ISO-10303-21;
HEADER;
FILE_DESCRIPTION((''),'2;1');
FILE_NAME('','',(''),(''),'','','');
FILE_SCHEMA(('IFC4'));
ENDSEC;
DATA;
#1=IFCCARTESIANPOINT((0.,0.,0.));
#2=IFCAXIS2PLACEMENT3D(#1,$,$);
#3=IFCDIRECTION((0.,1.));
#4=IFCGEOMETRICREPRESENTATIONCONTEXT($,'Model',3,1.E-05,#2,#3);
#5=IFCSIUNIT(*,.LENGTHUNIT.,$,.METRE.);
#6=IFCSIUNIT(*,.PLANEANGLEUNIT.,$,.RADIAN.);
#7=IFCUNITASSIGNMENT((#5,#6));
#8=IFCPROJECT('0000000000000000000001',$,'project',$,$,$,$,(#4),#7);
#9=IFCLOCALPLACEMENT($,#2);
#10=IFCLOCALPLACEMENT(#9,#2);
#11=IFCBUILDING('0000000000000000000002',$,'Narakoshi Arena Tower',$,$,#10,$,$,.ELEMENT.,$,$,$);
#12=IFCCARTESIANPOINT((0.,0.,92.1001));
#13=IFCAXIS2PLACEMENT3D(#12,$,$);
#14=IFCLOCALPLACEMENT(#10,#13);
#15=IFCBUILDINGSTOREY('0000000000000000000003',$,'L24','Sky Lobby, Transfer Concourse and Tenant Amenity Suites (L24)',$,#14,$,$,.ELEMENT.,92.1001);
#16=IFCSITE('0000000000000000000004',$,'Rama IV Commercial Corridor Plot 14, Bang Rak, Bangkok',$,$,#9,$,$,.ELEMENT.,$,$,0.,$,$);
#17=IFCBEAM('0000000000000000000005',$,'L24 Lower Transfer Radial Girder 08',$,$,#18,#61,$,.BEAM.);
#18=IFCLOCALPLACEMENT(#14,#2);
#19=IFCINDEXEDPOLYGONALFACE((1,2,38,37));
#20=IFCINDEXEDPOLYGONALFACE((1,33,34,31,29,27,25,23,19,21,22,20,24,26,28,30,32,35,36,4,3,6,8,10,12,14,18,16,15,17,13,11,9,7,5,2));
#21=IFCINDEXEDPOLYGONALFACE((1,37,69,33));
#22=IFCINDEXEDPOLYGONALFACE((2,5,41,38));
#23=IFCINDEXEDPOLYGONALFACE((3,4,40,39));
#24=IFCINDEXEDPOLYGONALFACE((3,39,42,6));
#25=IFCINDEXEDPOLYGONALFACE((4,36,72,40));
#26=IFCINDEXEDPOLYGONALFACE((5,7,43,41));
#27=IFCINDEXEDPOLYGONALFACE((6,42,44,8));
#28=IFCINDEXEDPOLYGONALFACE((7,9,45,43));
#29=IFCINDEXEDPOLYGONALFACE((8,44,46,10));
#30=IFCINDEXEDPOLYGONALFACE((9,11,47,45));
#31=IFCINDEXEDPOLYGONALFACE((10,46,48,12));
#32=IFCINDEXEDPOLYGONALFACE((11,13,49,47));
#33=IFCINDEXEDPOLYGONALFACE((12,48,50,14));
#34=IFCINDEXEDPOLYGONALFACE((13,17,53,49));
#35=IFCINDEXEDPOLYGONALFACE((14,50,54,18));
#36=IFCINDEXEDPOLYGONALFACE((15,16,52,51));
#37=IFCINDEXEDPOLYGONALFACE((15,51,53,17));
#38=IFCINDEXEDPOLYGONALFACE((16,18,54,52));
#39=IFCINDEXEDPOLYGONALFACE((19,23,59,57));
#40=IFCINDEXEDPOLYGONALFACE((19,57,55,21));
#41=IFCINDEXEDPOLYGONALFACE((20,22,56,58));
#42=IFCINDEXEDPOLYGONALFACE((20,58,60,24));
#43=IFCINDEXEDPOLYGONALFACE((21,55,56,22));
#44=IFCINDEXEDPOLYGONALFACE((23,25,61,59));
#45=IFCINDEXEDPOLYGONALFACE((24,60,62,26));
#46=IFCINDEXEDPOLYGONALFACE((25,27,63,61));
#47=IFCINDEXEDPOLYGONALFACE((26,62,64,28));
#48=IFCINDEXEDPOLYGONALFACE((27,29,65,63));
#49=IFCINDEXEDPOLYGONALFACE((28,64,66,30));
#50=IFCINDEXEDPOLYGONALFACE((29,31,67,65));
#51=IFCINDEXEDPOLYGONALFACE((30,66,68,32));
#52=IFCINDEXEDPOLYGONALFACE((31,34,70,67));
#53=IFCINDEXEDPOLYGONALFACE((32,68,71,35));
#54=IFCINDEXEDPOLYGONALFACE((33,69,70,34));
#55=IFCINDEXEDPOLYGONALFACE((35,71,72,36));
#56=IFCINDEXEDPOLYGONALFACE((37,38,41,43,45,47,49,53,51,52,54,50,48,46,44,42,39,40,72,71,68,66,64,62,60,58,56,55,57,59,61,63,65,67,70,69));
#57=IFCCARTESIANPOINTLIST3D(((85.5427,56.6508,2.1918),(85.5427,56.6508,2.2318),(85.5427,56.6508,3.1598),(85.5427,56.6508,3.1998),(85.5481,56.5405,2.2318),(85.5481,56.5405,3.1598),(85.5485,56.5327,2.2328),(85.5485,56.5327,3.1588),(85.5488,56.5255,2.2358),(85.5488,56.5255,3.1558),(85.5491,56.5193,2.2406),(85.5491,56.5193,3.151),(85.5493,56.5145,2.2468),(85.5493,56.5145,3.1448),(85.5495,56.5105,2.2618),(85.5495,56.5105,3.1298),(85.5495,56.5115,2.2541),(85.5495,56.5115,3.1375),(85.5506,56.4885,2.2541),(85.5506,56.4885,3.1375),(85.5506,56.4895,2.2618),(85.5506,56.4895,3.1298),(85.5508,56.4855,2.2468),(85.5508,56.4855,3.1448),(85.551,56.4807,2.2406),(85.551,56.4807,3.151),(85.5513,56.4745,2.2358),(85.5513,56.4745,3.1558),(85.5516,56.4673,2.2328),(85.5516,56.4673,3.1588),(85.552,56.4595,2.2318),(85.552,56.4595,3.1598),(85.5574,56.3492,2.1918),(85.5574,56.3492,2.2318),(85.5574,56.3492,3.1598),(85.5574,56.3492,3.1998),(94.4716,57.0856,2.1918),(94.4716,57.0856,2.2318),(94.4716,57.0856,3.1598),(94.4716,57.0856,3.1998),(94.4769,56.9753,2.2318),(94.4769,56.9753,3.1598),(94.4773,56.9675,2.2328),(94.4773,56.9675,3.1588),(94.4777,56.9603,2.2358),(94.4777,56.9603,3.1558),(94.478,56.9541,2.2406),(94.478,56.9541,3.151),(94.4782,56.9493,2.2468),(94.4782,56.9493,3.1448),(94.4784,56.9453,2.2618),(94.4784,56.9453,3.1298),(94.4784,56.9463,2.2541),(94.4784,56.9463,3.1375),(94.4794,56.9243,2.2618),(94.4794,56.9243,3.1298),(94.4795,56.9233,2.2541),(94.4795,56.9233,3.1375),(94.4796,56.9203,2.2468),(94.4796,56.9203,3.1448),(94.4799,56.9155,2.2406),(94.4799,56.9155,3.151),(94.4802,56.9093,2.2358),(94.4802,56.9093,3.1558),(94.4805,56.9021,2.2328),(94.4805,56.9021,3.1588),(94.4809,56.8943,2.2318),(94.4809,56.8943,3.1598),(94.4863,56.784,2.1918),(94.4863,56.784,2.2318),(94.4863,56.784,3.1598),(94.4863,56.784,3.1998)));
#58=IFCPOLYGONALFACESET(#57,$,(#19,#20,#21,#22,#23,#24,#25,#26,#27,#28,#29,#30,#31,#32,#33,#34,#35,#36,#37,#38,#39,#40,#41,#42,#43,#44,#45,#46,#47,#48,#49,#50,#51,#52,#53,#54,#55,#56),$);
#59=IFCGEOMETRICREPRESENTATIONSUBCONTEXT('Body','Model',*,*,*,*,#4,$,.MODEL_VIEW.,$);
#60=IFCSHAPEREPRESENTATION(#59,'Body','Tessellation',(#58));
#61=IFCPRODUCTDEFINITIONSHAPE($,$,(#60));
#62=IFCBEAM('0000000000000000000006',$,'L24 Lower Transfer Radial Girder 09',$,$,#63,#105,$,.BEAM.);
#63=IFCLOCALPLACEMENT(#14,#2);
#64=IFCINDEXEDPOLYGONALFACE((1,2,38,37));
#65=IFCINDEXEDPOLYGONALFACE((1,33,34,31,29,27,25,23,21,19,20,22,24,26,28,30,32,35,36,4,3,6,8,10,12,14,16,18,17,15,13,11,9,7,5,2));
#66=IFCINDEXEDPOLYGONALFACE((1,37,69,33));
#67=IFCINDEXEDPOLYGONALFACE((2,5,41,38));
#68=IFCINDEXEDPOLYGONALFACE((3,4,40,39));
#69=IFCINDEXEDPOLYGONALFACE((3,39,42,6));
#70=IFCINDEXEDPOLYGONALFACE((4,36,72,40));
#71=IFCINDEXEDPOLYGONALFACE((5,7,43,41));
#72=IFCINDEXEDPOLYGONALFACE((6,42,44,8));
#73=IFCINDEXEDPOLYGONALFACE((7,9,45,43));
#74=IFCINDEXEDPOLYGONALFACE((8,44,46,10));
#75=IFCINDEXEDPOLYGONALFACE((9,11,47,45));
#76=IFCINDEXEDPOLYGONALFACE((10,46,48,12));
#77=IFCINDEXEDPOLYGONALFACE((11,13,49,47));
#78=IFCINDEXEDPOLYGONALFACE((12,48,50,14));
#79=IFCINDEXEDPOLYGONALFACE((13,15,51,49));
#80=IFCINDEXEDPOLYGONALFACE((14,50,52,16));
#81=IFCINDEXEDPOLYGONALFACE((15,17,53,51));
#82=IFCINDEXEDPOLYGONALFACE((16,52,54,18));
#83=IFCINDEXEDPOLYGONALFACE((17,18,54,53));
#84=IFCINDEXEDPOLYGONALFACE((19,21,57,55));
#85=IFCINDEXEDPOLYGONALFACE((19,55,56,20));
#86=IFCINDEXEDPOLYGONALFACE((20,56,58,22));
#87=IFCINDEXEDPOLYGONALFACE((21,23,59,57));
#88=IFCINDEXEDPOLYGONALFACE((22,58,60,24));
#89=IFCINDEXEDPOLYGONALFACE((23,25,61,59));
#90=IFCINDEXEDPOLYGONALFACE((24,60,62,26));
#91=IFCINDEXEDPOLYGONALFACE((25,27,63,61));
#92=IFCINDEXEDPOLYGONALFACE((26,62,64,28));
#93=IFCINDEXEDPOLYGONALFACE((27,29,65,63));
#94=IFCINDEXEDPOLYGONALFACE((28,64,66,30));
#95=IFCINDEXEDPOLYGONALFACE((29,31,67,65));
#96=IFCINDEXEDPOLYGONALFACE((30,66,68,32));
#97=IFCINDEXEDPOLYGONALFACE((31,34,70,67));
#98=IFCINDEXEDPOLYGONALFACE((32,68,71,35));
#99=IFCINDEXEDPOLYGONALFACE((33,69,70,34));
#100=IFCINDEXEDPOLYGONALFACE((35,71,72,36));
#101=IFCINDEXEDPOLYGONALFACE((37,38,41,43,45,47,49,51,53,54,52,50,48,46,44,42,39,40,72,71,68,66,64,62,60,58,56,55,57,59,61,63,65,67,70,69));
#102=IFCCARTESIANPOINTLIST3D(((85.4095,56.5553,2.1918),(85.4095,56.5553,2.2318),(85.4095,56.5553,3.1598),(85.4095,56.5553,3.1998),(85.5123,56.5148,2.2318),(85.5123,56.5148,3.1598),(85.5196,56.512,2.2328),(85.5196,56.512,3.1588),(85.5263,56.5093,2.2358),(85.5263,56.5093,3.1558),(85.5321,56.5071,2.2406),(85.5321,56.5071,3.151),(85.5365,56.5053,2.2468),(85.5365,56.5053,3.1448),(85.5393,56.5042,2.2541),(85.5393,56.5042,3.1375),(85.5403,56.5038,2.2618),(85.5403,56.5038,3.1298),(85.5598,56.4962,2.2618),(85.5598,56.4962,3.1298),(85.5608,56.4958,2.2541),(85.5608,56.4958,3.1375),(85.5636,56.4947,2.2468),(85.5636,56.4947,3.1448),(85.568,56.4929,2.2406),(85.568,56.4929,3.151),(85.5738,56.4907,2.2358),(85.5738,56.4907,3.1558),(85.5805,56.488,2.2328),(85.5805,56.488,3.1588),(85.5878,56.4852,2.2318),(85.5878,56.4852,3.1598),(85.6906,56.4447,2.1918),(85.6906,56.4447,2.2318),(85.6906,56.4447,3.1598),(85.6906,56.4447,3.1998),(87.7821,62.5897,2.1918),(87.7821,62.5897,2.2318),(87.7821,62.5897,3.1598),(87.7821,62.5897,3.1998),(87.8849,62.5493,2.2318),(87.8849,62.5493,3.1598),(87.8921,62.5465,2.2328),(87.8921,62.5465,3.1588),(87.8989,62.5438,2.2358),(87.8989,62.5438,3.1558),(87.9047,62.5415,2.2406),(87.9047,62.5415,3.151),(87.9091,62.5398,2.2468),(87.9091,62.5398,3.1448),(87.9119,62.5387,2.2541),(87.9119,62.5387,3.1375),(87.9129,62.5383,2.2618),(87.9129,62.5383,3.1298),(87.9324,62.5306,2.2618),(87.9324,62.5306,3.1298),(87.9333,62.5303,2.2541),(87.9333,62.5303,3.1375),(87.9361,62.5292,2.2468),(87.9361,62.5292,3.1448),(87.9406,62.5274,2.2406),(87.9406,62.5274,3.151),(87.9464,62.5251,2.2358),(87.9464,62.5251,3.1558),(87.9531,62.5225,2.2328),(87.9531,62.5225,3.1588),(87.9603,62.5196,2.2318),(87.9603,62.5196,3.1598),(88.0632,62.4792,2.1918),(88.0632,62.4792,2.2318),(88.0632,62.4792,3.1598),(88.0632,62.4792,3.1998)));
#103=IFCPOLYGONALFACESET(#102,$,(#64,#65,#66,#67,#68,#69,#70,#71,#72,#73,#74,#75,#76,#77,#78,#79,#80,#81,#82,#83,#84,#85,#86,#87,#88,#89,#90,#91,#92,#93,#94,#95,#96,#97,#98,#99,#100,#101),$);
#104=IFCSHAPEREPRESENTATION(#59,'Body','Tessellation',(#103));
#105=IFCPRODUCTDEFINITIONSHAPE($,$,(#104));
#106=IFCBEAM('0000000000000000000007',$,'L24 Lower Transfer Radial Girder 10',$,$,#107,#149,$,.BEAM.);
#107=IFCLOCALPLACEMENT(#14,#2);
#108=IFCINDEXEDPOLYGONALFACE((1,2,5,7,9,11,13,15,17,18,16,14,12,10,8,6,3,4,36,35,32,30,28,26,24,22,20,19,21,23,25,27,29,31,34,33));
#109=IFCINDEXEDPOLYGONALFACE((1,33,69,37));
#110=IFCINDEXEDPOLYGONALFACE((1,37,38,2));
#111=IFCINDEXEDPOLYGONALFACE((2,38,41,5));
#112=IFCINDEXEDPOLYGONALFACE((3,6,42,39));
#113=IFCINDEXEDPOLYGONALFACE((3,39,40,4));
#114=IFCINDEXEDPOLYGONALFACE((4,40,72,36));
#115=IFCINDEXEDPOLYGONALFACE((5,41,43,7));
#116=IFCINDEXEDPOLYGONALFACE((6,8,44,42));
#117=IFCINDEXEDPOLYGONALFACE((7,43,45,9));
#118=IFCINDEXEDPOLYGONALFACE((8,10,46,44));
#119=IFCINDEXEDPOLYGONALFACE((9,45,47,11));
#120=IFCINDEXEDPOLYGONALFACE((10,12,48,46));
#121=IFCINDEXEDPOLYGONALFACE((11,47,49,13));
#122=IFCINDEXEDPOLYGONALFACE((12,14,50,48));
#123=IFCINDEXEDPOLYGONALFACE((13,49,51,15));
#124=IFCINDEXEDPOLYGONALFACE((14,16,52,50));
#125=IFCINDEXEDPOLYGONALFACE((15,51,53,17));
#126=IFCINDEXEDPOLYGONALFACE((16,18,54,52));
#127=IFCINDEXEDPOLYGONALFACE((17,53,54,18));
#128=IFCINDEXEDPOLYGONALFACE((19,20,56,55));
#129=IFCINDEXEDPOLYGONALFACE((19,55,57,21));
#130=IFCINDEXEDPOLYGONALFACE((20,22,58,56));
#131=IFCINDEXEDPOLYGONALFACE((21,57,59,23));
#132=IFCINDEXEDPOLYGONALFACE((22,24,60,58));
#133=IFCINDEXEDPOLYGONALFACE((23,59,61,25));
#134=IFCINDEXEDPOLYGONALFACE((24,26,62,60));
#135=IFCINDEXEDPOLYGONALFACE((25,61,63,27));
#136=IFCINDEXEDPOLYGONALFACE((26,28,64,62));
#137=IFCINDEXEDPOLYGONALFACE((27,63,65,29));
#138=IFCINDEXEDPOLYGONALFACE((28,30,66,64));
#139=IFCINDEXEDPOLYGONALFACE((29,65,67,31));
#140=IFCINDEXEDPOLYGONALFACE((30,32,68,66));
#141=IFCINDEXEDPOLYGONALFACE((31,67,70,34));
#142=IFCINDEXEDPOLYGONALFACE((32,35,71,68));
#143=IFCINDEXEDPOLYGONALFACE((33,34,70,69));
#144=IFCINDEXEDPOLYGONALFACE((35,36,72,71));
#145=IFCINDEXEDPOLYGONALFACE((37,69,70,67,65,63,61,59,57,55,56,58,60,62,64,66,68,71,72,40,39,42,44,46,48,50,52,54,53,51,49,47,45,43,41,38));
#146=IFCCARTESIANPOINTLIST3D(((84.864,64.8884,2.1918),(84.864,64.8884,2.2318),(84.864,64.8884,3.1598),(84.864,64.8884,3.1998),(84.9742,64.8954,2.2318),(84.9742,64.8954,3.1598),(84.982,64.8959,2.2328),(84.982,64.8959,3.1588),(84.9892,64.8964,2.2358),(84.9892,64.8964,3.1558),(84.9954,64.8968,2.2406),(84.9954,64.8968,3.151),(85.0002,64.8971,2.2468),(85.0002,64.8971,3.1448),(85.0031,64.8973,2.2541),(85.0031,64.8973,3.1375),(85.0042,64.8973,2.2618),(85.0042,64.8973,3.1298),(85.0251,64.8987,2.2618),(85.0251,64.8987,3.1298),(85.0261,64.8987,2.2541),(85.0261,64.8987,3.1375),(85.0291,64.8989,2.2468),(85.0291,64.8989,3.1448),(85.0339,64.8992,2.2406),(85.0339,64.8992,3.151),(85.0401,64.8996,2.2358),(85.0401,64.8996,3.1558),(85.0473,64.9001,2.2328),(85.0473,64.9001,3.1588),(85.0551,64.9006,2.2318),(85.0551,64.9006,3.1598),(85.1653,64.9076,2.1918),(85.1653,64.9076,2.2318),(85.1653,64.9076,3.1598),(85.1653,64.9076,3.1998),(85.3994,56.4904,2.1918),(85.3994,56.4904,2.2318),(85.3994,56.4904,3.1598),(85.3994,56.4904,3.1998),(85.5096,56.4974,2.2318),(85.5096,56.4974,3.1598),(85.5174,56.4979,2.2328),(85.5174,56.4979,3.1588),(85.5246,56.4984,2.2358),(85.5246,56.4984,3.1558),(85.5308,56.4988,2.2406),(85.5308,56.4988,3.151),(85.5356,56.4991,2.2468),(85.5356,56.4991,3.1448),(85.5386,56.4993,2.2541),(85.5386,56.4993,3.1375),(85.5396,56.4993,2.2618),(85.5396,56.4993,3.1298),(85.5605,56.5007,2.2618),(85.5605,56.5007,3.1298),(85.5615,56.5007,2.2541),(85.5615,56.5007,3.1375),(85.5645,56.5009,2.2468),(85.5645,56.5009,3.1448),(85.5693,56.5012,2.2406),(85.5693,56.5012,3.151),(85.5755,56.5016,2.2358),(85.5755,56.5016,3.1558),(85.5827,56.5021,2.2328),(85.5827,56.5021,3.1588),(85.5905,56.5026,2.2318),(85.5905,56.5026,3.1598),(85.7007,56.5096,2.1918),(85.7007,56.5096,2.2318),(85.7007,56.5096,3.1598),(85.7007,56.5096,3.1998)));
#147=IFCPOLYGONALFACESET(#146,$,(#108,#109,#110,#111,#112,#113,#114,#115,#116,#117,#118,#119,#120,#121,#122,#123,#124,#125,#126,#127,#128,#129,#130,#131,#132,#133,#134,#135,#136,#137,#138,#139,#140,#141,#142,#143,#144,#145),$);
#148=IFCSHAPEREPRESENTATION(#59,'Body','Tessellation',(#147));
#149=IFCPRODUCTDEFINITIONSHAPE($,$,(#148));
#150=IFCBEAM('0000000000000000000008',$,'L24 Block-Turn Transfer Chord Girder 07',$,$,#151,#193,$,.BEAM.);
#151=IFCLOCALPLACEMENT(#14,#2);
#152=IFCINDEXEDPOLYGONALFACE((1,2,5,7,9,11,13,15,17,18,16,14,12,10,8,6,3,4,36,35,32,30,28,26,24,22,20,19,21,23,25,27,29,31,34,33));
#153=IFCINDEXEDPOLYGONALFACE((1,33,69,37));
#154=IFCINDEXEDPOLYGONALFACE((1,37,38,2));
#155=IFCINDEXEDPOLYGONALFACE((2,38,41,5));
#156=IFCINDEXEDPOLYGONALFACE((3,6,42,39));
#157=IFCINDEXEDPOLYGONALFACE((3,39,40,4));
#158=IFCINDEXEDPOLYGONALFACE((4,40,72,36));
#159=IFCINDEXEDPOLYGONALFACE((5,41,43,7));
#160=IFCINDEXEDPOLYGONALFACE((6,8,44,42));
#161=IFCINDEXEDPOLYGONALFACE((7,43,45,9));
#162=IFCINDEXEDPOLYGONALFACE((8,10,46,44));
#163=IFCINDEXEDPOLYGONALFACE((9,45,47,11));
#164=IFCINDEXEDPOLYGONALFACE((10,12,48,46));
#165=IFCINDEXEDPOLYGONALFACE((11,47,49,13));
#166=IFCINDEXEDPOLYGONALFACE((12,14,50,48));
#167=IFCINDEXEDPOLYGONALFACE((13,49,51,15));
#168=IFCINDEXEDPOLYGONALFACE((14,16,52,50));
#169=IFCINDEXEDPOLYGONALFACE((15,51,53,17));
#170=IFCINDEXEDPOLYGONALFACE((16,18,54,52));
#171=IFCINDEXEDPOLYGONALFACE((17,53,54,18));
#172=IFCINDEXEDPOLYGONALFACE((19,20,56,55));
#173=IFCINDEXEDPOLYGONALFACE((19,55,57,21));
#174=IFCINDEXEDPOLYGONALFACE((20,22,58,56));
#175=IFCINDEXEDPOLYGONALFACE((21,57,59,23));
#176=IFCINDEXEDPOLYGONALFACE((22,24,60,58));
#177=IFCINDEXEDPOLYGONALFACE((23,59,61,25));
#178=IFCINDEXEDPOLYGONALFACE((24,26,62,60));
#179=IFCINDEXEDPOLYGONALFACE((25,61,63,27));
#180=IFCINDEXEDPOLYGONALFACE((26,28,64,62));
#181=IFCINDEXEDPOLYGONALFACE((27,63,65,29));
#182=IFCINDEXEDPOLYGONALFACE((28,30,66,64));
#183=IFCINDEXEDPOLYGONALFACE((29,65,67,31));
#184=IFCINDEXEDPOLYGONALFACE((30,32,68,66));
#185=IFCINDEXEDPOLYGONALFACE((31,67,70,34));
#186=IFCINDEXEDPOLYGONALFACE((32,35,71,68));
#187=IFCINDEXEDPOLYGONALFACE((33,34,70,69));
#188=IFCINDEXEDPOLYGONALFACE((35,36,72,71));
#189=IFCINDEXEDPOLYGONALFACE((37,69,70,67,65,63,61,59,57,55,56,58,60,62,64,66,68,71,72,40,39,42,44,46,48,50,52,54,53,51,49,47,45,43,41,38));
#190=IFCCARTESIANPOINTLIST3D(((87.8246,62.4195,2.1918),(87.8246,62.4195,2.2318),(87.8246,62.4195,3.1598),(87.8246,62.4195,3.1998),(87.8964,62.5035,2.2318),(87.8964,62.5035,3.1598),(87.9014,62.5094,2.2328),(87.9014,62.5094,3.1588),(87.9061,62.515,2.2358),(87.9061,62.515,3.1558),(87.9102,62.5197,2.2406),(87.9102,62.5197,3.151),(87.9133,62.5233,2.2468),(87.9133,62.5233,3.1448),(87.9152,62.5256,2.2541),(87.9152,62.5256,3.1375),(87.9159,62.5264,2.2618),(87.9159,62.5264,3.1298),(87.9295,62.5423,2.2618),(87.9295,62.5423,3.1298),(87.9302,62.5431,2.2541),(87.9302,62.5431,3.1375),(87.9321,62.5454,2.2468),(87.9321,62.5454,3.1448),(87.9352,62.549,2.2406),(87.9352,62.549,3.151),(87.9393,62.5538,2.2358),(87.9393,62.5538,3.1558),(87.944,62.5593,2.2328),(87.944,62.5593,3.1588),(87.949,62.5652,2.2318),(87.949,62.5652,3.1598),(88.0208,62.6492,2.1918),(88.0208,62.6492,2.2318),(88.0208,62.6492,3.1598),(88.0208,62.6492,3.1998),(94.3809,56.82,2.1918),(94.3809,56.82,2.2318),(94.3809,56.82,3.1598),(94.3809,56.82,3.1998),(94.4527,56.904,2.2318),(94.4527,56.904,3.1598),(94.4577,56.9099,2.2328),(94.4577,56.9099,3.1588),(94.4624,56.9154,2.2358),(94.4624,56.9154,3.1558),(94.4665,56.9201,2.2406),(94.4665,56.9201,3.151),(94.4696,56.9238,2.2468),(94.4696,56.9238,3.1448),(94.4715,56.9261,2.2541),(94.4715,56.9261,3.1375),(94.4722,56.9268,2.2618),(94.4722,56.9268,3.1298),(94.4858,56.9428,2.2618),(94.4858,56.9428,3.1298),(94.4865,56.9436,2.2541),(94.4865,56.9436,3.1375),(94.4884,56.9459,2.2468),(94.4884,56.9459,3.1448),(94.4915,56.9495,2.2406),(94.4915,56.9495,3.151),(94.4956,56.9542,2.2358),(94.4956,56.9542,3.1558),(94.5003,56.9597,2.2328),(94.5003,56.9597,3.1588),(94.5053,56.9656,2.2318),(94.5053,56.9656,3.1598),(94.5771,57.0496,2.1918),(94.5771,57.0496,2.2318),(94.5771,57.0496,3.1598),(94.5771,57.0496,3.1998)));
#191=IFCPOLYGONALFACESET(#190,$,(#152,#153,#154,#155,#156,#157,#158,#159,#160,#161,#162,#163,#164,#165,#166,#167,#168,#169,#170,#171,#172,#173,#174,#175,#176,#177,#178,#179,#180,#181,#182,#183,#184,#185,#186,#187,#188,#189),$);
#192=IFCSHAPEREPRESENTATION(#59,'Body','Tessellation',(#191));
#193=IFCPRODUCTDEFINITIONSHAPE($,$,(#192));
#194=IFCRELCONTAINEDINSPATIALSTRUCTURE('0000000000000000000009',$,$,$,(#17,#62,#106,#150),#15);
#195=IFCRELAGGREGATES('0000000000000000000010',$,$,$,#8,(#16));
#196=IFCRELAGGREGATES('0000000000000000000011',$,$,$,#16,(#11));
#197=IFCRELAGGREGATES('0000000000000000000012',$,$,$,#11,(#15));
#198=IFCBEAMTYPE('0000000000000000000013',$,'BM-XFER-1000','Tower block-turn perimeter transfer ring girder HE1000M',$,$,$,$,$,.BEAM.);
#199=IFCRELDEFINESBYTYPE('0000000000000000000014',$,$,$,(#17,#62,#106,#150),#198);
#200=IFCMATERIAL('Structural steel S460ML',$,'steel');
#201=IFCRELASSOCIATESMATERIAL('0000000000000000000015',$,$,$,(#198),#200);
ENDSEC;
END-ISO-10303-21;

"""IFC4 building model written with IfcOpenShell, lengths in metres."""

from ifc_helpers import new_model, si_unit, direction, frame, origin, origin_2d, place, context, subcontext, project, spatial, i_section, extrude, material, material_profile, profile_set, type_object, element, save


model = new_model("IFC4")

# Units and contexts
model_context = context("Model", 3, precision=1e-05, world=origin(), true_north=direction((0.0, 1.0)))
body_context = subcontext(model_context, "Body", "Model", "MODEL_VIEW")
ifc_project = project(units=[si_unit("LENGTHUNIT", "METRE"), si_unit("PLANEANGLEUNIT", "RADIAN")], contexts=[model_context])

# Site, building, storey
site_placement = place(None, origin())
site = spatial("IfcSite", under=ifc_project, at=site_placement, Name="Rama IV Commercial Corridor Plot 14, Bang Rak, Bangkok", CompositionType="ELEMENT", RefElevation=0.0)
building_placement = place(site_placement, origin())
building = spatial("IfcBuilding", under=site, at=building_placement, Name="Narakoshi Arena Tower", CompositionType="ELEMENT")
storey_placement = place(building_placement, frame((0.0, 0.0, 92.1001)))
storey = spatial("IfcBuildingStorey", under=building, at=storey_placement, Name="L24", Description="Sky Lobby, Transfer Concourse and Tenant Amenity Suites (L24)", CompositionType="ELEMENT", Elevation=92.1001)

# Shared definitions
ifc_material_1 = material(Name="Structural steel S460ML", Category="steel")

# Beams
ifc_material_profile_1 = material_profile(ifc_material_1, i_section(OverallWidth=0.302, OverallDepth=1.0081, WebThickness=0.021, FlangeThickness=0.04, FilletRadius=0.03, at=origin_2d()), Name="HE1000M")
ifc_profile_set_1 = profile_set([ifc_material_profile_1], Name="Structural steel S460ML")
beam_type = type_object("IfcBeamType", Name="BM-XFER-1000", Description="Tower block-turn perimeter transfer ring girder HE1000M", PredefinedType="BEAM", material=ifc_profile_set_1)
beam_1_placement = place(storey_placement, frame((85.55, 56.5, 2.6958), z_axis=(0.998816, 0.048639, 0.0), x_axis=(-0.048639, 0.998816, 0.0)))
element("IfcBeam", 1, at=beam_1_placement, inside=storey, type_object=beam_type, Name="L24 Lower Transfer Radial Girder 08", PredefinedType="BEAM", context=body_context, shape_type="SweptSolid", body=[
    extrude(i_section(OverallWidth=0.302, OverallDepth=1.0081, WebThickness=0.021, FlangeThickness=0.04, FilletRadius=0.03, at=origin_2d()), origin(), (0.0, 0.0, 1.0), 8.9395),
])
beam_2_placement = place(storey_placement, frame((85.55, 56.5, 2.6958), z_axis=(0.365905, 0.930652, 0.0), x_axis=(-0.930652, 0.365905, 0.0)))
element("IfcBeam", 2, at=beam_2_placement, inside=storey, type_object=beam_type, Name="L24 Lower Transfer Radial Girder 09", PredefinedType="BEAM", context=body_context, shape_type="SweptSolid", body=[
    extrude(i_section(OverallWidth=0.302, OverallDepth=1.0081, WebThickness=0.021, FlangeThickness=0.04, FilletRadius=0.03, at=origin_2d()), origin(), (0.0, 0.0, 1.0), 6.4841),
])
beam_3_placement = place(storey_placement, frame((85.55, 56.5, 2.6958), z_axis=(-0.063625, 0.997974, 0.0), x_axis=(-0.997974, -0.063625, 0.0)))
element("IfcBeam", 3, at=beam_3_placement, inside=storey, type_object=beam_type, Name="L24 Lower Transfer Radial Girder 10", PredefinedType="BEAM", context=body_context, shape_type="SweptSolid", body=[
    extrude(i_section(OverallWidth=0.302, OverallDepth=1.0081, WebThickness=0.021, FlangeThickness=0.04, FilletRadius=0.03, at=origin_2d()), origin(), (0.0, 0.0, 1.0), 8.415),
])
beam_4_placement = place(storey_placement, frame((94.479, 56.9348, 2.6958), z_axis=(-0.760411, 0.649443, 0.0), x_axis=(-0.649443, -0.760411, 0.0)))
element("IfcBeam", 4, at=beam_4_placement, inside=storey, type_object=beam_type, Name="L24 Block-Turn Transfer Chord Girder 07", PredefinedType="BEAM", context=body_context, shape_type="SweptSolid", body=[
    extrude(i_section(OverallWidth=0.302, OverallDepth=1.0081, WebThickness=0.021, FlangeThickness=0.04, FilletRadius=0.03, at=origin_2d()), origin(), (0.0, 0.0, 1.0), 8.6221),
])

save(model, "model.ifc")
